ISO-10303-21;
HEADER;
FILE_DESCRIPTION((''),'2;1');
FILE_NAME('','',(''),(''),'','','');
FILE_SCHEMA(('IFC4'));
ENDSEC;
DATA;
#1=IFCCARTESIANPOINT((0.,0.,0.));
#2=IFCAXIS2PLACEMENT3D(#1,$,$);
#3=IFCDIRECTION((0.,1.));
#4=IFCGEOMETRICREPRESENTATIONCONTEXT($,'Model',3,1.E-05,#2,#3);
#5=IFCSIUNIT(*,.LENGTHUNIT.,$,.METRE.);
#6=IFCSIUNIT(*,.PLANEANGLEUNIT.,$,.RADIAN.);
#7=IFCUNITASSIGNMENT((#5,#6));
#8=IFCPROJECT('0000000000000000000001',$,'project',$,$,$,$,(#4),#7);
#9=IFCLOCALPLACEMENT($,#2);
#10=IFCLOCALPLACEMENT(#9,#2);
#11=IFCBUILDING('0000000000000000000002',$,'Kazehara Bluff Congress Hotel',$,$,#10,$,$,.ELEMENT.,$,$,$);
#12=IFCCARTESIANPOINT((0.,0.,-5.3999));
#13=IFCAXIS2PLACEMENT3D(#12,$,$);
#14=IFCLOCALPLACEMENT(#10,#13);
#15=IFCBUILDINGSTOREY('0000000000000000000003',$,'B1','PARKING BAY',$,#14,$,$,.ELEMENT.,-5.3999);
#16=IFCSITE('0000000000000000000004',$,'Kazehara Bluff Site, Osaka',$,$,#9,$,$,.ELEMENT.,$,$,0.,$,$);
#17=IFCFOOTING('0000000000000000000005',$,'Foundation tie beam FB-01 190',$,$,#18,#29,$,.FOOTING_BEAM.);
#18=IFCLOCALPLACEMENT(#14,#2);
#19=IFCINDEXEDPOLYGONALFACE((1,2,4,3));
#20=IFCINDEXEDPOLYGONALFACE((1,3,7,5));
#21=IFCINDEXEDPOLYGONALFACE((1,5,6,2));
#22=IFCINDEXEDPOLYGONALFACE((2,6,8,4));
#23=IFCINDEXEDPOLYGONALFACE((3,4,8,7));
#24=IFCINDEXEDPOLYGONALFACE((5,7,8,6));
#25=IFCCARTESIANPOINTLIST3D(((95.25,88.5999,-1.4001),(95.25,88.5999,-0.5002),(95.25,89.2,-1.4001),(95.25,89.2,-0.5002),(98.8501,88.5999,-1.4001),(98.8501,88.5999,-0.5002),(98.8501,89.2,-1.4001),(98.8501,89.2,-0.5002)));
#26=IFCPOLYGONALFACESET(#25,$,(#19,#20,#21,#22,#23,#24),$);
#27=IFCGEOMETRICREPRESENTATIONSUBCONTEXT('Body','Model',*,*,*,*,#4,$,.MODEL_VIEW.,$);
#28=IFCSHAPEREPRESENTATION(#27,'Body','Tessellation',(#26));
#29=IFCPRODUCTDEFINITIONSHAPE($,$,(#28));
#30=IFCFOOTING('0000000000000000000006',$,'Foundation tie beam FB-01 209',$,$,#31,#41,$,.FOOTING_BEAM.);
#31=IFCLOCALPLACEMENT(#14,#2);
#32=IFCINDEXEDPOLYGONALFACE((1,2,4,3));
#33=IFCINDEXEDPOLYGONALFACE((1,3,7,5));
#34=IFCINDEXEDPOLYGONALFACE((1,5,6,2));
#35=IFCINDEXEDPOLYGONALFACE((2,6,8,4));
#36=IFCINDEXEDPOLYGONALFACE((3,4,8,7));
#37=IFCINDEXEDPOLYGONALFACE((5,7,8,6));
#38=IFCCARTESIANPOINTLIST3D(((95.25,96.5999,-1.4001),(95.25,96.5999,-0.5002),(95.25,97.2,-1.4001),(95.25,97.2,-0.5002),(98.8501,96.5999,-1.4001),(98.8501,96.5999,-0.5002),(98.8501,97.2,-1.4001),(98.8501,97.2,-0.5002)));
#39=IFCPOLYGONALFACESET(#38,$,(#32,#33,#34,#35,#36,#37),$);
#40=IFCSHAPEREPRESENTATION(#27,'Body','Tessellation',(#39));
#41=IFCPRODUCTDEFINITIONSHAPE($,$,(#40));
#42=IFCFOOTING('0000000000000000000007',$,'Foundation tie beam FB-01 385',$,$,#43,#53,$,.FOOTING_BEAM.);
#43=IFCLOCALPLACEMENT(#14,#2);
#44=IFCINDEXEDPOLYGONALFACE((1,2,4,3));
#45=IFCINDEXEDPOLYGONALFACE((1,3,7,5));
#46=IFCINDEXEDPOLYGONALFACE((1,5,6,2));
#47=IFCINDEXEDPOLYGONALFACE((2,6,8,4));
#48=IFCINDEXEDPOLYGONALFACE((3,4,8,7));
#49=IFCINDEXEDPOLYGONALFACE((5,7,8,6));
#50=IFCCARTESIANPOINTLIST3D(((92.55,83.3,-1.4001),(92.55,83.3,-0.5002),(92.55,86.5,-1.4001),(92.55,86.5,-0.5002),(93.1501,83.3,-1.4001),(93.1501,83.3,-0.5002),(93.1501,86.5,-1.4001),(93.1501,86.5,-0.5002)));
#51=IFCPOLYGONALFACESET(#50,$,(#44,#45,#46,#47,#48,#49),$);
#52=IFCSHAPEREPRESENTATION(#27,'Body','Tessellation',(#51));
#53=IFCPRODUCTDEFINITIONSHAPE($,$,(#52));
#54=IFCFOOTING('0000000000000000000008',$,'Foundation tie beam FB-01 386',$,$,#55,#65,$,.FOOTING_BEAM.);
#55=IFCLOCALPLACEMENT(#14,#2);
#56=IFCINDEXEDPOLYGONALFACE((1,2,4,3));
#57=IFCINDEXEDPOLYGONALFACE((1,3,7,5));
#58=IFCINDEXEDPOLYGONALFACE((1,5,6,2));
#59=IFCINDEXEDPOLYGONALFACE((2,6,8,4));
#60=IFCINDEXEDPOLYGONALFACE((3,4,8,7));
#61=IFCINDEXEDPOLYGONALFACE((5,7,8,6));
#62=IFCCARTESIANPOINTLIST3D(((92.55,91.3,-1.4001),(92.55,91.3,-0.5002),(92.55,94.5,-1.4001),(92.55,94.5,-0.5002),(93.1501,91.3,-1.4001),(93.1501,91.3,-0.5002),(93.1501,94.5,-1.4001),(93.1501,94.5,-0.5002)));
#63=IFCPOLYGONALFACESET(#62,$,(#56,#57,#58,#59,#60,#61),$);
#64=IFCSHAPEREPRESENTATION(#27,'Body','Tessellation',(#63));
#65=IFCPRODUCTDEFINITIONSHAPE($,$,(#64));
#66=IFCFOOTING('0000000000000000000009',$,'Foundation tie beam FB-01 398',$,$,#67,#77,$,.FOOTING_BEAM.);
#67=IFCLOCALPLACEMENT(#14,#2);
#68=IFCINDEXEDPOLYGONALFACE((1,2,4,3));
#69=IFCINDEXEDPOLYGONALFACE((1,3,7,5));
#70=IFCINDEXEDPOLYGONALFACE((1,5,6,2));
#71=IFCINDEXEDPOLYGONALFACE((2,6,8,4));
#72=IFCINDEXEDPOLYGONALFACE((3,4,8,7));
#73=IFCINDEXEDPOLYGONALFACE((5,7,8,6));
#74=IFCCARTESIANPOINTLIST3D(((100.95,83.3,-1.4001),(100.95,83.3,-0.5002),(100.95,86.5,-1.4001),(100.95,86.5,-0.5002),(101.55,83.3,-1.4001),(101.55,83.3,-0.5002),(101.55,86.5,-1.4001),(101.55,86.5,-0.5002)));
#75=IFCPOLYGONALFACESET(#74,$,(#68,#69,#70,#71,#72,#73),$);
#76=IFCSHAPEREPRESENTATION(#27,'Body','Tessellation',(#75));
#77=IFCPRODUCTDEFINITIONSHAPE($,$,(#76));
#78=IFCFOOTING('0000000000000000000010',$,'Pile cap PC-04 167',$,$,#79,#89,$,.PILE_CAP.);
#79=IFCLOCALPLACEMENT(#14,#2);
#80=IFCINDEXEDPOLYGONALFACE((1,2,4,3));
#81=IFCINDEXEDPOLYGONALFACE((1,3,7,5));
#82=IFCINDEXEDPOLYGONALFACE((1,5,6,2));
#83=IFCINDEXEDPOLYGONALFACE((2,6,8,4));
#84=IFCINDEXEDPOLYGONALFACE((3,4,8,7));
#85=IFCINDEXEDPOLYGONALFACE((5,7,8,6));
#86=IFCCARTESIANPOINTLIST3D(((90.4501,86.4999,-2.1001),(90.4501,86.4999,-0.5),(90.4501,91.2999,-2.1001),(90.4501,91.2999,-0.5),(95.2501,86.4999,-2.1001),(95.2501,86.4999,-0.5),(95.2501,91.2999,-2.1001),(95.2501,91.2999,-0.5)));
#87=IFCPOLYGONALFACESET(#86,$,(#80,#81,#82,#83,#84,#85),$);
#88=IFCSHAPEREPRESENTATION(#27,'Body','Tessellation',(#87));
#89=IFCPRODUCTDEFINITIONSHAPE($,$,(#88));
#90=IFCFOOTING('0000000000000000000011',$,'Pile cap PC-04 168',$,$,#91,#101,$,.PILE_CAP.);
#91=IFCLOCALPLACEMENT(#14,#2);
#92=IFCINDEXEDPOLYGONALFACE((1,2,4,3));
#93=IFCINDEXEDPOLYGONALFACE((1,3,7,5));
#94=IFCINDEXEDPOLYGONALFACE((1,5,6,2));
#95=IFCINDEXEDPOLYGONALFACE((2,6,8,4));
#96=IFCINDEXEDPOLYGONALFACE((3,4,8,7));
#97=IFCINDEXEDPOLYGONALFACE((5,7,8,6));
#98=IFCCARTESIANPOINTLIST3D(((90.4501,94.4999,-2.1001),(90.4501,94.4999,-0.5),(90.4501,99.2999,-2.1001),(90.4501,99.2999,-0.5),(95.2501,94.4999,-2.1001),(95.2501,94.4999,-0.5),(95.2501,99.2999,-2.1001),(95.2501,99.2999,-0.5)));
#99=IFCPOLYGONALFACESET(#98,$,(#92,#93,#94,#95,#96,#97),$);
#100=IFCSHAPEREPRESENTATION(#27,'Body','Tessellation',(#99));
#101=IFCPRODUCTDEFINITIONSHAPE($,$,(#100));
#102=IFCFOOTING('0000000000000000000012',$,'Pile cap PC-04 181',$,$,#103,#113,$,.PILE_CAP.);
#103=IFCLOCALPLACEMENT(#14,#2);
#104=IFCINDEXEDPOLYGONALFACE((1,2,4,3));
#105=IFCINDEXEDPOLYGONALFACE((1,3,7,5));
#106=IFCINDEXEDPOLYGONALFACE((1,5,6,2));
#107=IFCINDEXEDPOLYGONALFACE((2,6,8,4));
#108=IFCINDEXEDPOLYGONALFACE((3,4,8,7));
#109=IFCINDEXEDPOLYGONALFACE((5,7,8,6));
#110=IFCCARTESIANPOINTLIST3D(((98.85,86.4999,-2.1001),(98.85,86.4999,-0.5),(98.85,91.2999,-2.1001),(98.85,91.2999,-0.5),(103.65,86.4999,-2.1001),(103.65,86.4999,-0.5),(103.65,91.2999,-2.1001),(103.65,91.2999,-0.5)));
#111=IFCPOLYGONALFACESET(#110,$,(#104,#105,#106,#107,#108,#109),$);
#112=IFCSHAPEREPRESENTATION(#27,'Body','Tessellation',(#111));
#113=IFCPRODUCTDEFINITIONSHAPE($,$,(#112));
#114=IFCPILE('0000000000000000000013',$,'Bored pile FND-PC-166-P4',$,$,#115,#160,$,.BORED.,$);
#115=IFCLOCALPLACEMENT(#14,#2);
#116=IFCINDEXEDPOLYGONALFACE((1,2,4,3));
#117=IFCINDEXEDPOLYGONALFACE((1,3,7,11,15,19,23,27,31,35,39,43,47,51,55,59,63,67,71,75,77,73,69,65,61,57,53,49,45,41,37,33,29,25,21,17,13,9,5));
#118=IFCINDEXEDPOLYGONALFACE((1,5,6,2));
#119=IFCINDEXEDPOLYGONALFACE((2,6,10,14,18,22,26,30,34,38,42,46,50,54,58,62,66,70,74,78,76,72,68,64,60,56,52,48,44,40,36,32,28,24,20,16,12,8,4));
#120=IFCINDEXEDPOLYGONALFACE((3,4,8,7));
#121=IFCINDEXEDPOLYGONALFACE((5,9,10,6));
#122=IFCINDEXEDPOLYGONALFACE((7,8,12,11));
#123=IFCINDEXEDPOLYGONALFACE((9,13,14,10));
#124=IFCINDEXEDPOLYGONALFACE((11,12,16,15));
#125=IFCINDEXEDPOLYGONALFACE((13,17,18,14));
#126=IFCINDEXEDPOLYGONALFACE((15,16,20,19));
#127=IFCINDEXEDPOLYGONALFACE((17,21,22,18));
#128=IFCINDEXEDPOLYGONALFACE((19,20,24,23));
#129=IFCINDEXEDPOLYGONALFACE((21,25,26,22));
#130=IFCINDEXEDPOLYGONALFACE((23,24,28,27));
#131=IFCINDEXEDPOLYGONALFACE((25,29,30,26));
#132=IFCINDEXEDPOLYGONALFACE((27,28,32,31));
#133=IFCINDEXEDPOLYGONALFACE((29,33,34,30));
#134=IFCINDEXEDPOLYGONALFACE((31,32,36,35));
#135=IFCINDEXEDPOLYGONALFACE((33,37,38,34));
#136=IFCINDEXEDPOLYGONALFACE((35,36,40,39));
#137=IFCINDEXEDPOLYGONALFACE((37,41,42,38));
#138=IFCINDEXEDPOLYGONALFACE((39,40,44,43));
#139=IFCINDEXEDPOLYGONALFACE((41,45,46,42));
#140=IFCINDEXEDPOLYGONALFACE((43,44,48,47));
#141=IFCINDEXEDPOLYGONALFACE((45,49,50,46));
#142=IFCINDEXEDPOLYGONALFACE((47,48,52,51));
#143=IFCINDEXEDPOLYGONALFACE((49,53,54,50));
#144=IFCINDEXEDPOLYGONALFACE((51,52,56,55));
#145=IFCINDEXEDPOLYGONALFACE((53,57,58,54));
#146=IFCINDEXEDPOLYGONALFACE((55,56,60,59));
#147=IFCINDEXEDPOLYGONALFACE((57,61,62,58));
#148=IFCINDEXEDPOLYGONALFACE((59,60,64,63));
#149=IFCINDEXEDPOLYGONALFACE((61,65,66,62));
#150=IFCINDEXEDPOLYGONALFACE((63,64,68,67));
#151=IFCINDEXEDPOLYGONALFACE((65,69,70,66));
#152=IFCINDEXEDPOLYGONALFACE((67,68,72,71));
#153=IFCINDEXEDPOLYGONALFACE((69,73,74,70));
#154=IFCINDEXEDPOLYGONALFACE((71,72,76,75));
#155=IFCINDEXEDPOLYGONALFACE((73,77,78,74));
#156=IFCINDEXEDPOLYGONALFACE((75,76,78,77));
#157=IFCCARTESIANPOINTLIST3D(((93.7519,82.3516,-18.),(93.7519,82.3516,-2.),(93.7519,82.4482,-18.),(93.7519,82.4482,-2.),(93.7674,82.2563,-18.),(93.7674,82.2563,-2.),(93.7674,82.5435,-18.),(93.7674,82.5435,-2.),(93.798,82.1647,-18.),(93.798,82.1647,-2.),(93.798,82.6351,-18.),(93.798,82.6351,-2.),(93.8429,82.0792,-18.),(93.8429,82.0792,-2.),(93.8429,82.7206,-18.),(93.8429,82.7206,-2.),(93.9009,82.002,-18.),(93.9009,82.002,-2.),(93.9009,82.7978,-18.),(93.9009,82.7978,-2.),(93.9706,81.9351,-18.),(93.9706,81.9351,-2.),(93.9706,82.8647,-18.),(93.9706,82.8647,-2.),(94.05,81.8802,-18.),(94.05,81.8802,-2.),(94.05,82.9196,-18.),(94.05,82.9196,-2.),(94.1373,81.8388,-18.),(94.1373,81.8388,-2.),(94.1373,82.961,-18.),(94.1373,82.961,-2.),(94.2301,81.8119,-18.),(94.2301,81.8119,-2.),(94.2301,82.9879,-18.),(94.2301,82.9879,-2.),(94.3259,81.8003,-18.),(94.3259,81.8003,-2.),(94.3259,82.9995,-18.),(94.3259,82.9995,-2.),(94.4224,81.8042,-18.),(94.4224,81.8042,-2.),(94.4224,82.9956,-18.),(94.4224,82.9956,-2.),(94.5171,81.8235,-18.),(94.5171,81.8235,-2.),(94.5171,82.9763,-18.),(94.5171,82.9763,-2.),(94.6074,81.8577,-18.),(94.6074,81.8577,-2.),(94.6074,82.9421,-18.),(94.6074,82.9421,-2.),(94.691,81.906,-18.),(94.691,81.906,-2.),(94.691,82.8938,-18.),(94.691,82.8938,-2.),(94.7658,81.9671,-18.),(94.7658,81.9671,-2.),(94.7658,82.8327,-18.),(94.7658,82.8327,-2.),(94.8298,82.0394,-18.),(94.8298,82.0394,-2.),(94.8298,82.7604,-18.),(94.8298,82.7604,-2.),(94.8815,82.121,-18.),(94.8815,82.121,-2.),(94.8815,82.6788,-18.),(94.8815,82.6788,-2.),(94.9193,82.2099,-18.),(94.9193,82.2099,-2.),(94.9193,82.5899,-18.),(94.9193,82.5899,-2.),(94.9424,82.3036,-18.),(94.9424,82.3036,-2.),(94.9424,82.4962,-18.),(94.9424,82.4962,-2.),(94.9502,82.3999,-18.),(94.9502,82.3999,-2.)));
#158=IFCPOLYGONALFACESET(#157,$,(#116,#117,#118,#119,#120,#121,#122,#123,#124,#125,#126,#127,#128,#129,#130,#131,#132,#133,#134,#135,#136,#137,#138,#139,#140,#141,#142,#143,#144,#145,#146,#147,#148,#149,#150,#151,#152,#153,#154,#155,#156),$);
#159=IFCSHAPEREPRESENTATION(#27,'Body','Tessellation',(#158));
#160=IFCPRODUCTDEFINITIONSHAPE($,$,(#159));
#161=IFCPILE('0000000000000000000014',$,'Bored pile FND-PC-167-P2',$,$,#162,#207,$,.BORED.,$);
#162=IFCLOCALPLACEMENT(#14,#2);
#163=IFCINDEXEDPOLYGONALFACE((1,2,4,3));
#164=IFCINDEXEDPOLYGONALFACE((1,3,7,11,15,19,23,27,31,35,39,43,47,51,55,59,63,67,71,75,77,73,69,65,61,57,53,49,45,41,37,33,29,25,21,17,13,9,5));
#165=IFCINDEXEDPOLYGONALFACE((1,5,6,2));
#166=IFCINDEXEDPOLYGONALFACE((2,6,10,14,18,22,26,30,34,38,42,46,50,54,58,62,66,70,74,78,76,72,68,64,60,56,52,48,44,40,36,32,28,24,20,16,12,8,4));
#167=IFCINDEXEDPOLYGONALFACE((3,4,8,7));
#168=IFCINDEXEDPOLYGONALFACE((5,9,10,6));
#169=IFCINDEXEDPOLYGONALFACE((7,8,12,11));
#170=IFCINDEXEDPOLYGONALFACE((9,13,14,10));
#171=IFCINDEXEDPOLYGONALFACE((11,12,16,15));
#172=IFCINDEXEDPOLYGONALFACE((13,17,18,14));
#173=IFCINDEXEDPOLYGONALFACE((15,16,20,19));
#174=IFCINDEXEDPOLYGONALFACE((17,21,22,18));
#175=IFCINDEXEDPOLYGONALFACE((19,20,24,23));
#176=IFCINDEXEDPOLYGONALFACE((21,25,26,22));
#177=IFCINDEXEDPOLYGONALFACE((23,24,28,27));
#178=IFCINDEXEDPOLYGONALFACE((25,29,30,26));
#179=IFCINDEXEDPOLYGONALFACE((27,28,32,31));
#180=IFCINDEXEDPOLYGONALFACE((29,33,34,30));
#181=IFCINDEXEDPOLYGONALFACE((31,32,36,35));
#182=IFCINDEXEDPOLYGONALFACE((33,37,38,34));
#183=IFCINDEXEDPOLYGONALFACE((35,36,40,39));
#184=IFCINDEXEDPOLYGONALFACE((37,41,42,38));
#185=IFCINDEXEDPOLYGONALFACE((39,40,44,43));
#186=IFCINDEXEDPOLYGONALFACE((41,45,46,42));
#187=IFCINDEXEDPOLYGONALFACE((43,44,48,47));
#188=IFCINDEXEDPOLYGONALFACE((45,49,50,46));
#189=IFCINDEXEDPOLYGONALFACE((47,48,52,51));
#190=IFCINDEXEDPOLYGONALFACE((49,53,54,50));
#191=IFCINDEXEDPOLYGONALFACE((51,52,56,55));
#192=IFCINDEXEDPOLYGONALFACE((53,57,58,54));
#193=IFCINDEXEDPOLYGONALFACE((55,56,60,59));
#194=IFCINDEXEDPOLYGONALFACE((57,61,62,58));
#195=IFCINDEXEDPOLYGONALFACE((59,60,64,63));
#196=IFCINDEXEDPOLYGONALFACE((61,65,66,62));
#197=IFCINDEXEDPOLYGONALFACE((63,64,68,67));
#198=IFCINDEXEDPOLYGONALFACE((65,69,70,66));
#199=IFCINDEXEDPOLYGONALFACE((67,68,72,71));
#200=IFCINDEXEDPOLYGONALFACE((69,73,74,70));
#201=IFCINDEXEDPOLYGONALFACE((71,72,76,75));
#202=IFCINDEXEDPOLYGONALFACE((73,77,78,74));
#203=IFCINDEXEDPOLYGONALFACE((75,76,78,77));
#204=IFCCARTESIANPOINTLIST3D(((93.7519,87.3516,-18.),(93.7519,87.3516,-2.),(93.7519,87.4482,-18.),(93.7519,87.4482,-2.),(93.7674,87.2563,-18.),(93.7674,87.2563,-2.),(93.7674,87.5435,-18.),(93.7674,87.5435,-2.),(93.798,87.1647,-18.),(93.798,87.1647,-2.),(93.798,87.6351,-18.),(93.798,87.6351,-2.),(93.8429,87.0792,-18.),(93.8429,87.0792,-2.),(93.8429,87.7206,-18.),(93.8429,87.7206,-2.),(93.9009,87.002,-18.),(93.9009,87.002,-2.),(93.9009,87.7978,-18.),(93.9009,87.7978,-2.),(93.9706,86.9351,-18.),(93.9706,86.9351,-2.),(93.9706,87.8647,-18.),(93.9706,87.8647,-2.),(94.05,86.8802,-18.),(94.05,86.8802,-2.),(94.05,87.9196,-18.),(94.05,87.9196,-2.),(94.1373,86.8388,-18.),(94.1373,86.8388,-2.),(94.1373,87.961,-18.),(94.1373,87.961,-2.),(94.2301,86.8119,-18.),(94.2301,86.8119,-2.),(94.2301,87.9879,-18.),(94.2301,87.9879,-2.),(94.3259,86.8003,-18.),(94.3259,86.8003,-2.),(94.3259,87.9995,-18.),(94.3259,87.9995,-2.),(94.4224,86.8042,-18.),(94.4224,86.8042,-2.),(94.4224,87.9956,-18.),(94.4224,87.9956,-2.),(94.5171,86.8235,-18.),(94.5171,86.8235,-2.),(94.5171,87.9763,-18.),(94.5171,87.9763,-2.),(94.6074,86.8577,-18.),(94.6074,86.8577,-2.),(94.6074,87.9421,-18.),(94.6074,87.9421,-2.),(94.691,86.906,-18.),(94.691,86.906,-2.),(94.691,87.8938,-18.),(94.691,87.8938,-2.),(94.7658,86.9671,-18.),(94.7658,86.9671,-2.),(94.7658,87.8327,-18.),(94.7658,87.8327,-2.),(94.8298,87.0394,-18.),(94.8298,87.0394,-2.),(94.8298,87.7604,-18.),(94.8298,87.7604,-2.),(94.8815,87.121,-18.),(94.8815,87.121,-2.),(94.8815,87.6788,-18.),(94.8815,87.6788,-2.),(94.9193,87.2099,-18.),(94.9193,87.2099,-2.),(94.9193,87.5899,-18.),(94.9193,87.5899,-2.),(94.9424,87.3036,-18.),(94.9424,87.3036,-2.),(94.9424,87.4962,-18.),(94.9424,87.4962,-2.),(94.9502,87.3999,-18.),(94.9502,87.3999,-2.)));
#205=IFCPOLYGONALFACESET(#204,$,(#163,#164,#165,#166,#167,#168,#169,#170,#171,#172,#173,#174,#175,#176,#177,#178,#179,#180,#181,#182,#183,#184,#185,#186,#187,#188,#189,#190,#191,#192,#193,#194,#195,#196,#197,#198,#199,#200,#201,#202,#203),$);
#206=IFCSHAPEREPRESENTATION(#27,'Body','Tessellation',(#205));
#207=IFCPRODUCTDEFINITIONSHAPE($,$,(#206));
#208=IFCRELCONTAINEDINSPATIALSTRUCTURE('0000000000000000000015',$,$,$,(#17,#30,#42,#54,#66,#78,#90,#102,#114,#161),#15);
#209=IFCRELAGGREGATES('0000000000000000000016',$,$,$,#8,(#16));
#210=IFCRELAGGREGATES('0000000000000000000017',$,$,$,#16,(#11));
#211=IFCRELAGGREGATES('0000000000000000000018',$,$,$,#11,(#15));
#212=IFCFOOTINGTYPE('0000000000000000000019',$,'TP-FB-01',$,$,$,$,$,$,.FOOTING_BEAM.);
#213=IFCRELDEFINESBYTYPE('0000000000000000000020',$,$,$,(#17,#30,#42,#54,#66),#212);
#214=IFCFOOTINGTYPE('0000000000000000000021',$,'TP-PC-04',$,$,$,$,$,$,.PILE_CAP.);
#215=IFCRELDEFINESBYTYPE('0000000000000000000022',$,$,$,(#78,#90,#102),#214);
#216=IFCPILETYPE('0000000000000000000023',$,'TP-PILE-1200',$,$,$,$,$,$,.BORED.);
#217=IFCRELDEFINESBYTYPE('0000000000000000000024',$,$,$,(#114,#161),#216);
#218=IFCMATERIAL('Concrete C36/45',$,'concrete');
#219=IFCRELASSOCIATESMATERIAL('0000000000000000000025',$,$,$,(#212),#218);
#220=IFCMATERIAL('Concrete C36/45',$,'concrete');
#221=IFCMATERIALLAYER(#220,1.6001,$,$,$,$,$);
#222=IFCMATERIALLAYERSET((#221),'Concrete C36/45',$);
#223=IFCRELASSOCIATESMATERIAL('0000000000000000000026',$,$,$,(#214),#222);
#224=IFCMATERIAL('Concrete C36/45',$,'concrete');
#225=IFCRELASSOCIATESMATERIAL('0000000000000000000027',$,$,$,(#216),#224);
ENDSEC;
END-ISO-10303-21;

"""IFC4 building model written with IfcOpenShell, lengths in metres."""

from ifc_helpers import new_model, si_unit, direction, frame, origin, origin_2d, place, context, subcontext, project, spatial, rectangle, circle, extrude, material, layer, layer_set, material_profile, profile_set, type_object, element, save


model = new_model("IFC4")

# Units and contexts
model_context = context("Model", 3, precision=1e-05, world=origin(), true_north=direction((0.0, 1.0)))
body_context = subcontext(model_context, "Body", "Model", "MODEL_VIEW")
ifc_project = project(units=[si_unit("LENGTHUNIT", "METRE"), si_unit("PLANEANGLEUNIT", "RADIAN")], contexts=[model_context])

# Site, building, storey
site_placement = place(None, origin())
site = spatial("IfcSite", under=ifc_project, at=site_placement, Name="Kazehara Bluff Site, Osaka", CompositionType="ELEMENT", RefElevation=0.0)
building_placement = place(site_placement, origin())
building = spatial("IfcBuilding", under=site, at=building_placement, Name="Kazehara Bluff Congress Hotel", CompositionType="ELEMENT")
storey_placement = place(building_placement, frame((0.0, 0.0, -5.3999)))
storey = spatial("IfcBuildingStorey", under=building, at=storey_placement, Name="B1", Description="PARKING BAY", CompositionType="ELEMENT", Elevation=-5.3999)

# Footings
ifc_material_1 = material(Name="Concrete C36/45", Category="concrete")
ifc_material_profile_1 = material_profile(ifc_material_1, rectangle(XDim=0.6001, YDim=0.8999, at=origin_2d()))
ifc_profile_set_1 = profile_set([ifc_material_profile_1], Name="Concrete C36/45")
footing_type_1 = type_object("IfcFootingType", Name="TP-FB-01", PredefinedType="FOOTING_BEAM", material=ifc_profile_set_1)
for number, where, z_axis, x_axis, name in (
    (1, (95.25, 88.8999, -0.9502), (1.0, 0.0, 0.0), (0.0, 1.0, 0.0), "Foundation tie beam FB-01 190"),
    (2, (95.25, 96.8999, -0.9502), (1.0, 0.0, 0.0), (0.0, 1.0, 0.0), "Foundation tie beam FB-01 209"),
):
    element("IfcFooting", number, at=place(storey_placement, frame(where, z_axis=z_axis, x_axis=x_axis)), inside=storey, type_object=footing_type_1, Name=name, PredefinedType="FOOTING_BEAM", context=body_context, shape_type="SweptSolid", body=[
        extrude(rectangle(XDim=0.6001, YDim=0.8999, at=origin_2d()), origin(), (0.0, 0.0, 1.0), 3.6001),
    ])
for number, where, z_axis, x_axis, name in (
    (3, (92.8501, 83.3, -0.9502), (0.0, 1.0, 0.0), (-1.0, 0.0, 0.0), "Foundation tie beam FB-01 385"),
    (4, (92.8501, 91.3, -0.9502), (0.0, 1.0, 0.0), (-1.0, 0.0, 0.0), "Foundation tie beam FB-01 386"),
    (5, (101.25, 83.3, -0.9502), (0.0, 1.0, 0.0), (-1.0, 0.0, 0.0), "Foundation tie beam FB-01 398"),
):
    element("IfcFooting", number, at=place(storey_placement, frame(where, z_axis=z_axis, x_axis=x_axis)), inside=storey, type_object=footing_type_1, Name=name, PredefinedType="FOOTING_BEAM", context=body_context, shape_type="SweptSolid", body=[
        extrude(rectangle(XDim=0.6001, YDim=0.8999, at=origin_2d()), origin(), (0.0, 0.0, 1.0), 3.2),
    ])
ifc_material_2 = material(Name="Concrete C36/45", Category="concrete")
ifc_layer_1 = layer(ifc_material_2, 1.6001)
ifc_layer_set_1 = layer_set([ifc_layer_1], Name="Concrete C36/45")
footing_type_2 = type_object("IfcFootingType", Name="TP-PC-04", PredefinedType="PILE_CAP", material=ifc_layer_set_1)
for number, where, z_axis, x_axis, name in (
    (6, (92.8501, 88.8999, -2.1001), (0.0, 0.0, 1.0), (1.0, 0.0, 0.0), "Pile cap PC-04 167"),
    (7, (92.8501, 96.8999, -2.1001), (0.0, 0.0, 1.0), (1.0, 0.0, 0.0), "Pile cap PC-04 168"),
    (8, (101.25, 88.8999, -2.1001), (0.0, 0.0, 1.0), (1.0, 0.0, 0.0), "Pile cap PC-04 181"),
):
    element("IfcFooting", number, at=place(storey_placement, frame(where, z_axis=z_axis, x_axis=x_axis)), inside=storey, type_object=footing_type_2, Name=name, PredefinedType="PILE_CAP", context=body_context, shape_type="SweptSolid", body=[
        extrude(rectangle(XDim=4.8, YDim=4.8, at=origin_2d()), origin(), (0.0, 0.0, 1.0), 1.6001),
    ])

# Piles
ifc_material_3 = material(Name="Concrete C36/45", Category="concrete")
ifc_material_profile_2 = material_profile(ifc_material_3, circle(Radius=0.6001, at=origin_2d()))
ifc_profile_set_2 = profile_set([ifc_material_profile_2], Name="Concrete C36/45")
pile_type = type_object("IfcPileType", Name="TP-PILE-1200", PredefinedType="BORED", material=ifc_profile_set_2)
for number, where, z_axis, x_axis, name in (
    (9, (94.3501, 82.3999, -2.0), (0.0, 0.0, -1.0), (1.0, 0.0, 0.0), "Bored pile FND-PC-166-P4"),
    (10, (94.3501, 87.3999, -2.0), (0.0, 0.0, -1.0), (1.0, 0.0, 0.0), "Bored pile FND-PC-167-P2"),
):
    element("IfcPile", number, at=place(storey_placement, frame(where, z_axis=z_axis, x_axis=x_axis)), inside=storey, type_object=pile_type, Name=name, PredefinedType="BORED", context=body_context, shape_type="SweptSolid", body=[
        extrude(circle(Radius=0.6001, at=origin_2d()), origin(), (0.0, 0.0, 1.0), 16.0),
    ])

save(model, "model.ifc")
